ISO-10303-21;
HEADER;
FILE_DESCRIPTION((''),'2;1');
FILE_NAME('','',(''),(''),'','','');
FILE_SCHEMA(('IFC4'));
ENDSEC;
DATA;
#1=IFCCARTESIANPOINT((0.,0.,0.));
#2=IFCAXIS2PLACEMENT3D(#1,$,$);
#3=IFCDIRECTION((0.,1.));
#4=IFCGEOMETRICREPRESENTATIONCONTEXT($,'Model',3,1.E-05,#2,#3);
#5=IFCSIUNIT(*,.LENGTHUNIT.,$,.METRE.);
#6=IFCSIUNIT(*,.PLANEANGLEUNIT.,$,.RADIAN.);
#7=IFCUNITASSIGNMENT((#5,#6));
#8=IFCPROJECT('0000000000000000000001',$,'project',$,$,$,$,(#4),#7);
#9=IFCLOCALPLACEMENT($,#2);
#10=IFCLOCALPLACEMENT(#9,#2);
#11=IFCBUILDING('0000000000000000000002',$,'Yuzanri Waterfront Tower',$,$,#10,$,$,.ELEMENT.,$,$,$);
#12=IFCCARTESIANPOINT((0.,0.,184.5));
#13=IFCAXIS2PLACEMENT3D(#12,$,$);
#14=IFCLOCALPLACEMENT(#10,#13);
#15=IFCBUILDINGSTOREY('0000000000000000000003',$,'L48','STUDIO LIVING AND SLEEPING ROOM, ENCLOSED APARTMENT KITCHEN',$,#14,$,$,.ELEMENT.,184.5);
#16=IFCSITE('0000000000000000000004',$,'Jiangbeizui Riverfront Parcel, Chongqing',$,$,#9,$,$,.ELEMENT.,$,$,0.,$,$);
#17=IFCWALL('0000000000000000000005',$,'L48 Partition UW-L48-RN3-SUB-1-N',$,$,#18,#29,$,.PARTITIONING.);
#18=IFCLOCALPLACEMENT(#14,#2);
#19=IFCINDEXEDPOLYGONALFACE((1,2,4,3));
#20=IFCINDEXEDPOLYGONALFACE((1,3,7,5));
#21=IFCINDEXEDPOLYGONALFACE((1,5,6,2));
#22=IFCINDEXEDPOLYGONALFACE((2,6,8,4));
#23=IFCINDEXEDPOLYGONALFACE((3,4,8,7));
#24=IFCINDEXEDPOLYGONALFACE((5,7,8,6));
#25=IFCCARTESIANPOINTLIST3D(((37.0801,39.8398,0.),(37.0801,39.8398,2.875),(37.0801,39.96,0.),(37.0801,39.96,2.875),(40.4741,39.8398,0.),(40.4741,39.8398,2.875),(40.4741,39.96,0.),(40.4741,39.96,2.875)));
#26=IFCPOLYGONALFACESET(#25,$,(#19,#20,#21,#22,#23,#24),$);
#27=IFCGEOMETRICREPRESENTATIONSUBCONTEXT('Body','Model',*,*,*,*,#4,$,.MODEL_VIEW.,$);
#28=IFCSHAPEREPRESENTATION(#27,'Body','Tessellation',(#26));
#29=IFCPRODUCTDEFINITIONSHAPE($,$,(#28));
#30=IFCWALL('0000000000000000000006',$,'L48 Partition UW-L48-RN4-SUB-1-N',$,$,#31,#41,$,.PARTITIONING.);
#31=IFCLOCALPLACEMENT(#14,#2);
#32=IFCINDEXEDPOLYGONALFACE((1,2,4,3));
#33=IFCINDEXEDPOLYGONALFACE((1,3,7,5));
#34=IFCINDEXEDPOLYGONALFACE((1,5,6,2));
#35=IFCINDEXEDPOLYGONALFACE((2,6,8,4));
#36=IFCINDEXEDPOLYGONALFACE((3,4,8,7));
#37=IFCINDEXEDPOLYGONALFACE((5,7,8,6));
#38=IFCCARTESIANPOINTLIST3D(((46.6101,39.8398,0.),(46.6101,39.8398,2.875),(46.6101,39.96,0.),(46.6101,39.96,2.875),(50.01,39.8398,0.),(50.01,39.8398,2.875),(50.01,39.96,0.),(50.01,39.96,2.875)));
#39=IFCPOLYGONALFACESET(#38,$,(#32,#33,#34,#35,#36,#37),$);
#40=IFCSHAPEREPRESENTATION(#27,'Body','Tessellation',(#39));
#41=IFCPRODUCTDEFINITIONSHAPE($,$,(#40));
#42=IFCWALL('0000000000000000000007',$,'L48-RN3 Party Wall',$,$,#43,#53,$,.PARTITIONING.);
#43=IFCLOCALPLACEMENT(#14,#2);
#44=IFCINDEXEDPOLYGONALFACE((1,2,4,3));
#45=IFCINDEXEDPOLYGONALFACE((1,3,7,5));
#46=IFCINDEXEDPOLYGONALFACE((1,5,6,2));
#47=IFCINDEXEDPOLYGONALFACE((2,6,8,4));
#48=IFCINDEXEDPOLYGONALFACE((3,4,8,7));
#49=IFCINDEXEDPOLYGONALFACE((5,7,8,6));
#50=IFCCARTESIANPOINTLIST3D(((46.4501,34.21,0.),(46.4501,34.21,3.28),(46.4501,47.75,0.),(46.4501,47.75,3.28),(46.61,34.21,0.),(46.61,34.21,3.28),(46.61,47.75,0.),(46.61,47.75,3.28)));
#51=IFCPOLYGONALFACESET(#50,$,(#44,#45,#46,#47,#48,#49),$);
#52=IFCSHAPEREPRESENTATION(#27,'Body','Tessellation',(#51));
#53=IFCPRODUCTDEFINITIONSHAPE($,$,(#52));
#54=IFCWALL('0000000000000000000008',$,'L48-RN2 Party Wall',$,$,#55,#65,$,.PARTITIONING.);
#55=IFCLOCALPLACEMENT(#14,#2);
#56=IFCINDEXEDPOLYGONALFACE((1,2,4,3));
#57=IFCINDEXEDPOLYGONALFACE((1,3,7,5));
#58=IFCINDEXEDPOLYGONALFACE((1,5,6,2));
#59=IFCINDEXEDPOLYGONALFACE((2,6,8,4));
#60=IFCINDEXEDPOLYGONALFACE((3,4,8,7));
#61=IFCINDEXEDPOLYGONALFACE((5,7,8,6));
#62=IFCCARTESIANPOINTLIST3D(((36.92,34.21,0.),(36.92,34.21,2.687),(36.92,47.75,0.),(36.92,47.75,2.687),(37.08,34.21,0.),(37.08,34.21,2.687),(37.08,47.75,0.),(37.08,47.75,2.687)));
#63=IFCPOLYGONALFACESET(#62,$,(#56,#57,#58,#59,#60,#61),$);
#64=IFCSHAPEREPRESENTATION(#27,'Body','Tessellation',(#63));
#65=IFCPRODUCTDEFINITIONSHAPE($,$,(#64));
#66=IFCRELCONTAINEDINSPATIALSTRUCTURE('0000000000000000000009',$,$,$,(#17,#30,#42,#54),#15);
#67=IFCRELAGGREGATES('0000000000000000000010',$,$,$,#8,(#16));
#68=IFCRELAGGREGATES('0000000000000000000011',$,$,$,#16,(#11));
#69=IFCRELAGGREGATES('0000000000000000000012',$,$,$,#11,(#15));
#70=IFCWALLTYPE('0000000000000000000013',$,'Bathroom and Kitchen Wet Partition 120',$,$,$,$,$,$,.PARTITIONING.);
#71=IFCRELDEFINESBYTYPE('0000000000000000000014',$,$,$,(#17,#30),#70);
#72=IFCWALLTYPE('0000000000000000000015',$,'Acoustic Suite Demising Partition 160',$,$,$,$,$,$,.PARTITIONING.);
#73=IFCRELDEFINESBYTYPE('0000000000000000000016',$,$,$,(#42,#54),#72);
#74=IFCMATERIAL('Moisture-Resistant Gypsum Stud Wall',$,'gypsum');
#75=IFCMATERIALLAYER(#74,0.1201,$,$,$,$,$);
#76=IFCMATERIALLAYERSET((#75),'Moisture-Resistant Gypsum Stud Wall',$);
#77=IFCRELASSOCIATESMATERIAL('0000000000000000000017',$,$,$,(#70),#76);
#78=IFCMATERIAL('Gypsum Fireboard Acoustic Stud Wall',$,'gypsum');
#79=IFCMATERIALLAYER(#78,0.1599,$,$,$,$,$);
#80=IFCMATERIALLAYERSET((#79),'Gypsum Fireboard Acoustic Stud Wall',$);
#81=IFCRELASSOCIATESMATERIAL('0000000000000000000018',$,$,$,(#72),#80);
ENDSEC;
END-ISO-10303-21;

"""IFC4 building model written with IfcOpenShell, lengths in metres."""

from ifc_helpers import new_model, si_unit, direction, frame, frame_2d, origin, place, context, subcontext, project, spatial, rectangle, extrude, source, transform, mapped, material, layer, layer_set, type_object, element, save


model = new_model("IFC4")

# Units and contexts
model_context = context("Model", 3, precision=1e-05, world=origin(), true_north=direction((0.0, 1.0)))
body_context = subcontext(model_context, "Body", "Model", "MODEL_VIEW")
ifc_project = project(units=[si_unit("LENGTHUNIT", "METRE"), si_unit("PLANEANGLEUNIT", "RADIAN")], contexts=[model_context])

# Site, building, storey
site_placement = place(None, origin())
site = spatial("IfcSite", under=ifc_project, at=site_placement, Name="Jiangbeizui Riverfront Parcel, Chongqing", CompositionType="ELEMENT", RefElevation=0.0)
building_placement = place(site_placement, origin())
building = spatial("IfcBuilding", under=site, at=building_placement, Name="Yuzanri Waterfront Tower", CompositionType="ELEMENT")
storey_placement = place(building_placement, frame((0.0, 0.0, 184.5)))
storey = spatial("IfcBuildingStorey", under=building, at=storey_placement, Name="L48", Description="STUDIO LIVING AND SLEEPING ROOM, ENCLOSED APARTMENT KITCHEN", CompositionType="ELEMENT", Elevation=184.5)

# Shared definitions
ifc_material_1 = material(Name="Moisture-Resistant Gypsum Stud Wall", Category="gypsum")
ifc_layer_1 = layer(ifc_material_1, 0.1201)
ifc_layer_set_1 = layer_set([ifc_layer_1], Name="Moisture-Resistant Gypsum Stud Wall")
wall_type_1 = type_object("IfcWallType", Name="Bathroom and Kitchen Wet Partition 120", PredefinedType="PARTITIONING", material=ifc_layer_set_1)

# Walls
shared_shape_1 = source(origin(), body_context, "Body", "SweptSolid", [
    extrude(rectangle(XDim=3.394, YDim=0.1201, at=frame_2d((1.697, 0.0))), origin(), (0.0, 0.0, 1.0), 2.875),
])
wall_1_placement = place(storey_placement, frame((37.0801, 39.8999, 0.0), z_axis=(0.0, 0.0, 1.0), x_axis=(1.0, 0.0, 0.0)))
element("IfcWall", 1, at=wall_1_placement, inside=storey, type_object=wall_type_1, Name="L48 Partition UW-L48-RN3-SUB-1-N", PredefinedType="PARTITIONING", context=body_context, shape_type="MappedRepresentation", body=[
    mapped(shared_shape_1, transform((0.0, 0.0, 0.0), scale=1.0)),
])
shared_shape_2 = source(origin(), body_context, "Body", "SweptSolid", [
    extrude(rectangle(XDim=3.3999, YDim=0.1201, at=frame_2d((1.7, 0.0))), origin(), (0.0, 0.0, 1.0), 2.875),
])
wall_2_placement = place(storey_placement, frame((46.6101, 39.8999, 0.0), z_axis=(0.0, 0.0, 1.0), x_axis=(1.0, 0.0, 0.0)))
element("IfcWall", 2, at=wall_2_placement, inside=storey, type_object=wall_type_1, Name="L48 Partition UW-L48-RN4-SUB-1-N", PredefinedType="PARTITIONING", context=body_context, shape_type="MappedRepresentation", body=[
    mapped(shared_shape_2, transform((0.0, 0.0, 0.0), scale=1.0)),
])
ifc_material_2 = material(Name="Gypsum Fireboard Acoustic Stud Wall", Category="gypsum")
ifc_layer_2 = layer(ifc_material_2, 0.1599)
ifc_layer_set_2 = layer_set([ifc_layer_2], Name="Gypsum Fireboard Acoustic Stud Wall")
wall_type_2 = type_object("IfcWallType", Name="Acoustic Suite Demising Partition 160", PredefinedType="PARTITIONING", material=ifc_layer_set_2)
shared_shape_3 = source(origin(), body_context, "Body", "SweptSolid", [
    extrude(rectangle(XDim=13.54, YDim=0.1599, at=frame_2d((6.77, 0.0))), origin(), (0.0, 0.0, 1.0), 3.28),
])
wall_3_placement = place(storey_placement, frame((46.53, 34.21, 0.0), z_axis=(0.0, 0.0, 1.0), x_axis=(0.0, 1.0, 0.0)))
element("IfcWall", 3, at=wall_3_placement, inside=storey, type_object=wall_type_2, Name="L48-RN3 Party Wall", PredefinedType="PARTITIONING", context=body_context, shape_type="MappedRepresentation", body=[
    mapped(shared_shape_3, transform((0.0, 0.0, 0.0), scale=1.0)),
])
shared_shape_4 = source(origin(), body_context, "Body", "SweptSolid", [
    extrude(rectangle(XDim=13.54, YDim=0.1599, at=frame_2d((6.77, 0.0))), origin(), (0.0, 0.0, 1.0), 2.687),
])
wall_4_placement = place(storey_placement, frame((37.0, 34.21, 0.0), z_axis=(0.0, 0.0, 1.0), x_axis=(0.0, 1.0, 0.0)))
element("IfcWall", 4, at=wall_4_placement, inside=storey, type_object=wall_type_2, Name="L48-RN2 Party Wall", PredefinedType="PARTITIONING", context=body_context, shape_type="MappedRepresentation", body=[
    mapped(shared_shape_4, transform((0.0, 0.0, 0.0), scale=1.0)),
])

save(model, "model.ifc")
